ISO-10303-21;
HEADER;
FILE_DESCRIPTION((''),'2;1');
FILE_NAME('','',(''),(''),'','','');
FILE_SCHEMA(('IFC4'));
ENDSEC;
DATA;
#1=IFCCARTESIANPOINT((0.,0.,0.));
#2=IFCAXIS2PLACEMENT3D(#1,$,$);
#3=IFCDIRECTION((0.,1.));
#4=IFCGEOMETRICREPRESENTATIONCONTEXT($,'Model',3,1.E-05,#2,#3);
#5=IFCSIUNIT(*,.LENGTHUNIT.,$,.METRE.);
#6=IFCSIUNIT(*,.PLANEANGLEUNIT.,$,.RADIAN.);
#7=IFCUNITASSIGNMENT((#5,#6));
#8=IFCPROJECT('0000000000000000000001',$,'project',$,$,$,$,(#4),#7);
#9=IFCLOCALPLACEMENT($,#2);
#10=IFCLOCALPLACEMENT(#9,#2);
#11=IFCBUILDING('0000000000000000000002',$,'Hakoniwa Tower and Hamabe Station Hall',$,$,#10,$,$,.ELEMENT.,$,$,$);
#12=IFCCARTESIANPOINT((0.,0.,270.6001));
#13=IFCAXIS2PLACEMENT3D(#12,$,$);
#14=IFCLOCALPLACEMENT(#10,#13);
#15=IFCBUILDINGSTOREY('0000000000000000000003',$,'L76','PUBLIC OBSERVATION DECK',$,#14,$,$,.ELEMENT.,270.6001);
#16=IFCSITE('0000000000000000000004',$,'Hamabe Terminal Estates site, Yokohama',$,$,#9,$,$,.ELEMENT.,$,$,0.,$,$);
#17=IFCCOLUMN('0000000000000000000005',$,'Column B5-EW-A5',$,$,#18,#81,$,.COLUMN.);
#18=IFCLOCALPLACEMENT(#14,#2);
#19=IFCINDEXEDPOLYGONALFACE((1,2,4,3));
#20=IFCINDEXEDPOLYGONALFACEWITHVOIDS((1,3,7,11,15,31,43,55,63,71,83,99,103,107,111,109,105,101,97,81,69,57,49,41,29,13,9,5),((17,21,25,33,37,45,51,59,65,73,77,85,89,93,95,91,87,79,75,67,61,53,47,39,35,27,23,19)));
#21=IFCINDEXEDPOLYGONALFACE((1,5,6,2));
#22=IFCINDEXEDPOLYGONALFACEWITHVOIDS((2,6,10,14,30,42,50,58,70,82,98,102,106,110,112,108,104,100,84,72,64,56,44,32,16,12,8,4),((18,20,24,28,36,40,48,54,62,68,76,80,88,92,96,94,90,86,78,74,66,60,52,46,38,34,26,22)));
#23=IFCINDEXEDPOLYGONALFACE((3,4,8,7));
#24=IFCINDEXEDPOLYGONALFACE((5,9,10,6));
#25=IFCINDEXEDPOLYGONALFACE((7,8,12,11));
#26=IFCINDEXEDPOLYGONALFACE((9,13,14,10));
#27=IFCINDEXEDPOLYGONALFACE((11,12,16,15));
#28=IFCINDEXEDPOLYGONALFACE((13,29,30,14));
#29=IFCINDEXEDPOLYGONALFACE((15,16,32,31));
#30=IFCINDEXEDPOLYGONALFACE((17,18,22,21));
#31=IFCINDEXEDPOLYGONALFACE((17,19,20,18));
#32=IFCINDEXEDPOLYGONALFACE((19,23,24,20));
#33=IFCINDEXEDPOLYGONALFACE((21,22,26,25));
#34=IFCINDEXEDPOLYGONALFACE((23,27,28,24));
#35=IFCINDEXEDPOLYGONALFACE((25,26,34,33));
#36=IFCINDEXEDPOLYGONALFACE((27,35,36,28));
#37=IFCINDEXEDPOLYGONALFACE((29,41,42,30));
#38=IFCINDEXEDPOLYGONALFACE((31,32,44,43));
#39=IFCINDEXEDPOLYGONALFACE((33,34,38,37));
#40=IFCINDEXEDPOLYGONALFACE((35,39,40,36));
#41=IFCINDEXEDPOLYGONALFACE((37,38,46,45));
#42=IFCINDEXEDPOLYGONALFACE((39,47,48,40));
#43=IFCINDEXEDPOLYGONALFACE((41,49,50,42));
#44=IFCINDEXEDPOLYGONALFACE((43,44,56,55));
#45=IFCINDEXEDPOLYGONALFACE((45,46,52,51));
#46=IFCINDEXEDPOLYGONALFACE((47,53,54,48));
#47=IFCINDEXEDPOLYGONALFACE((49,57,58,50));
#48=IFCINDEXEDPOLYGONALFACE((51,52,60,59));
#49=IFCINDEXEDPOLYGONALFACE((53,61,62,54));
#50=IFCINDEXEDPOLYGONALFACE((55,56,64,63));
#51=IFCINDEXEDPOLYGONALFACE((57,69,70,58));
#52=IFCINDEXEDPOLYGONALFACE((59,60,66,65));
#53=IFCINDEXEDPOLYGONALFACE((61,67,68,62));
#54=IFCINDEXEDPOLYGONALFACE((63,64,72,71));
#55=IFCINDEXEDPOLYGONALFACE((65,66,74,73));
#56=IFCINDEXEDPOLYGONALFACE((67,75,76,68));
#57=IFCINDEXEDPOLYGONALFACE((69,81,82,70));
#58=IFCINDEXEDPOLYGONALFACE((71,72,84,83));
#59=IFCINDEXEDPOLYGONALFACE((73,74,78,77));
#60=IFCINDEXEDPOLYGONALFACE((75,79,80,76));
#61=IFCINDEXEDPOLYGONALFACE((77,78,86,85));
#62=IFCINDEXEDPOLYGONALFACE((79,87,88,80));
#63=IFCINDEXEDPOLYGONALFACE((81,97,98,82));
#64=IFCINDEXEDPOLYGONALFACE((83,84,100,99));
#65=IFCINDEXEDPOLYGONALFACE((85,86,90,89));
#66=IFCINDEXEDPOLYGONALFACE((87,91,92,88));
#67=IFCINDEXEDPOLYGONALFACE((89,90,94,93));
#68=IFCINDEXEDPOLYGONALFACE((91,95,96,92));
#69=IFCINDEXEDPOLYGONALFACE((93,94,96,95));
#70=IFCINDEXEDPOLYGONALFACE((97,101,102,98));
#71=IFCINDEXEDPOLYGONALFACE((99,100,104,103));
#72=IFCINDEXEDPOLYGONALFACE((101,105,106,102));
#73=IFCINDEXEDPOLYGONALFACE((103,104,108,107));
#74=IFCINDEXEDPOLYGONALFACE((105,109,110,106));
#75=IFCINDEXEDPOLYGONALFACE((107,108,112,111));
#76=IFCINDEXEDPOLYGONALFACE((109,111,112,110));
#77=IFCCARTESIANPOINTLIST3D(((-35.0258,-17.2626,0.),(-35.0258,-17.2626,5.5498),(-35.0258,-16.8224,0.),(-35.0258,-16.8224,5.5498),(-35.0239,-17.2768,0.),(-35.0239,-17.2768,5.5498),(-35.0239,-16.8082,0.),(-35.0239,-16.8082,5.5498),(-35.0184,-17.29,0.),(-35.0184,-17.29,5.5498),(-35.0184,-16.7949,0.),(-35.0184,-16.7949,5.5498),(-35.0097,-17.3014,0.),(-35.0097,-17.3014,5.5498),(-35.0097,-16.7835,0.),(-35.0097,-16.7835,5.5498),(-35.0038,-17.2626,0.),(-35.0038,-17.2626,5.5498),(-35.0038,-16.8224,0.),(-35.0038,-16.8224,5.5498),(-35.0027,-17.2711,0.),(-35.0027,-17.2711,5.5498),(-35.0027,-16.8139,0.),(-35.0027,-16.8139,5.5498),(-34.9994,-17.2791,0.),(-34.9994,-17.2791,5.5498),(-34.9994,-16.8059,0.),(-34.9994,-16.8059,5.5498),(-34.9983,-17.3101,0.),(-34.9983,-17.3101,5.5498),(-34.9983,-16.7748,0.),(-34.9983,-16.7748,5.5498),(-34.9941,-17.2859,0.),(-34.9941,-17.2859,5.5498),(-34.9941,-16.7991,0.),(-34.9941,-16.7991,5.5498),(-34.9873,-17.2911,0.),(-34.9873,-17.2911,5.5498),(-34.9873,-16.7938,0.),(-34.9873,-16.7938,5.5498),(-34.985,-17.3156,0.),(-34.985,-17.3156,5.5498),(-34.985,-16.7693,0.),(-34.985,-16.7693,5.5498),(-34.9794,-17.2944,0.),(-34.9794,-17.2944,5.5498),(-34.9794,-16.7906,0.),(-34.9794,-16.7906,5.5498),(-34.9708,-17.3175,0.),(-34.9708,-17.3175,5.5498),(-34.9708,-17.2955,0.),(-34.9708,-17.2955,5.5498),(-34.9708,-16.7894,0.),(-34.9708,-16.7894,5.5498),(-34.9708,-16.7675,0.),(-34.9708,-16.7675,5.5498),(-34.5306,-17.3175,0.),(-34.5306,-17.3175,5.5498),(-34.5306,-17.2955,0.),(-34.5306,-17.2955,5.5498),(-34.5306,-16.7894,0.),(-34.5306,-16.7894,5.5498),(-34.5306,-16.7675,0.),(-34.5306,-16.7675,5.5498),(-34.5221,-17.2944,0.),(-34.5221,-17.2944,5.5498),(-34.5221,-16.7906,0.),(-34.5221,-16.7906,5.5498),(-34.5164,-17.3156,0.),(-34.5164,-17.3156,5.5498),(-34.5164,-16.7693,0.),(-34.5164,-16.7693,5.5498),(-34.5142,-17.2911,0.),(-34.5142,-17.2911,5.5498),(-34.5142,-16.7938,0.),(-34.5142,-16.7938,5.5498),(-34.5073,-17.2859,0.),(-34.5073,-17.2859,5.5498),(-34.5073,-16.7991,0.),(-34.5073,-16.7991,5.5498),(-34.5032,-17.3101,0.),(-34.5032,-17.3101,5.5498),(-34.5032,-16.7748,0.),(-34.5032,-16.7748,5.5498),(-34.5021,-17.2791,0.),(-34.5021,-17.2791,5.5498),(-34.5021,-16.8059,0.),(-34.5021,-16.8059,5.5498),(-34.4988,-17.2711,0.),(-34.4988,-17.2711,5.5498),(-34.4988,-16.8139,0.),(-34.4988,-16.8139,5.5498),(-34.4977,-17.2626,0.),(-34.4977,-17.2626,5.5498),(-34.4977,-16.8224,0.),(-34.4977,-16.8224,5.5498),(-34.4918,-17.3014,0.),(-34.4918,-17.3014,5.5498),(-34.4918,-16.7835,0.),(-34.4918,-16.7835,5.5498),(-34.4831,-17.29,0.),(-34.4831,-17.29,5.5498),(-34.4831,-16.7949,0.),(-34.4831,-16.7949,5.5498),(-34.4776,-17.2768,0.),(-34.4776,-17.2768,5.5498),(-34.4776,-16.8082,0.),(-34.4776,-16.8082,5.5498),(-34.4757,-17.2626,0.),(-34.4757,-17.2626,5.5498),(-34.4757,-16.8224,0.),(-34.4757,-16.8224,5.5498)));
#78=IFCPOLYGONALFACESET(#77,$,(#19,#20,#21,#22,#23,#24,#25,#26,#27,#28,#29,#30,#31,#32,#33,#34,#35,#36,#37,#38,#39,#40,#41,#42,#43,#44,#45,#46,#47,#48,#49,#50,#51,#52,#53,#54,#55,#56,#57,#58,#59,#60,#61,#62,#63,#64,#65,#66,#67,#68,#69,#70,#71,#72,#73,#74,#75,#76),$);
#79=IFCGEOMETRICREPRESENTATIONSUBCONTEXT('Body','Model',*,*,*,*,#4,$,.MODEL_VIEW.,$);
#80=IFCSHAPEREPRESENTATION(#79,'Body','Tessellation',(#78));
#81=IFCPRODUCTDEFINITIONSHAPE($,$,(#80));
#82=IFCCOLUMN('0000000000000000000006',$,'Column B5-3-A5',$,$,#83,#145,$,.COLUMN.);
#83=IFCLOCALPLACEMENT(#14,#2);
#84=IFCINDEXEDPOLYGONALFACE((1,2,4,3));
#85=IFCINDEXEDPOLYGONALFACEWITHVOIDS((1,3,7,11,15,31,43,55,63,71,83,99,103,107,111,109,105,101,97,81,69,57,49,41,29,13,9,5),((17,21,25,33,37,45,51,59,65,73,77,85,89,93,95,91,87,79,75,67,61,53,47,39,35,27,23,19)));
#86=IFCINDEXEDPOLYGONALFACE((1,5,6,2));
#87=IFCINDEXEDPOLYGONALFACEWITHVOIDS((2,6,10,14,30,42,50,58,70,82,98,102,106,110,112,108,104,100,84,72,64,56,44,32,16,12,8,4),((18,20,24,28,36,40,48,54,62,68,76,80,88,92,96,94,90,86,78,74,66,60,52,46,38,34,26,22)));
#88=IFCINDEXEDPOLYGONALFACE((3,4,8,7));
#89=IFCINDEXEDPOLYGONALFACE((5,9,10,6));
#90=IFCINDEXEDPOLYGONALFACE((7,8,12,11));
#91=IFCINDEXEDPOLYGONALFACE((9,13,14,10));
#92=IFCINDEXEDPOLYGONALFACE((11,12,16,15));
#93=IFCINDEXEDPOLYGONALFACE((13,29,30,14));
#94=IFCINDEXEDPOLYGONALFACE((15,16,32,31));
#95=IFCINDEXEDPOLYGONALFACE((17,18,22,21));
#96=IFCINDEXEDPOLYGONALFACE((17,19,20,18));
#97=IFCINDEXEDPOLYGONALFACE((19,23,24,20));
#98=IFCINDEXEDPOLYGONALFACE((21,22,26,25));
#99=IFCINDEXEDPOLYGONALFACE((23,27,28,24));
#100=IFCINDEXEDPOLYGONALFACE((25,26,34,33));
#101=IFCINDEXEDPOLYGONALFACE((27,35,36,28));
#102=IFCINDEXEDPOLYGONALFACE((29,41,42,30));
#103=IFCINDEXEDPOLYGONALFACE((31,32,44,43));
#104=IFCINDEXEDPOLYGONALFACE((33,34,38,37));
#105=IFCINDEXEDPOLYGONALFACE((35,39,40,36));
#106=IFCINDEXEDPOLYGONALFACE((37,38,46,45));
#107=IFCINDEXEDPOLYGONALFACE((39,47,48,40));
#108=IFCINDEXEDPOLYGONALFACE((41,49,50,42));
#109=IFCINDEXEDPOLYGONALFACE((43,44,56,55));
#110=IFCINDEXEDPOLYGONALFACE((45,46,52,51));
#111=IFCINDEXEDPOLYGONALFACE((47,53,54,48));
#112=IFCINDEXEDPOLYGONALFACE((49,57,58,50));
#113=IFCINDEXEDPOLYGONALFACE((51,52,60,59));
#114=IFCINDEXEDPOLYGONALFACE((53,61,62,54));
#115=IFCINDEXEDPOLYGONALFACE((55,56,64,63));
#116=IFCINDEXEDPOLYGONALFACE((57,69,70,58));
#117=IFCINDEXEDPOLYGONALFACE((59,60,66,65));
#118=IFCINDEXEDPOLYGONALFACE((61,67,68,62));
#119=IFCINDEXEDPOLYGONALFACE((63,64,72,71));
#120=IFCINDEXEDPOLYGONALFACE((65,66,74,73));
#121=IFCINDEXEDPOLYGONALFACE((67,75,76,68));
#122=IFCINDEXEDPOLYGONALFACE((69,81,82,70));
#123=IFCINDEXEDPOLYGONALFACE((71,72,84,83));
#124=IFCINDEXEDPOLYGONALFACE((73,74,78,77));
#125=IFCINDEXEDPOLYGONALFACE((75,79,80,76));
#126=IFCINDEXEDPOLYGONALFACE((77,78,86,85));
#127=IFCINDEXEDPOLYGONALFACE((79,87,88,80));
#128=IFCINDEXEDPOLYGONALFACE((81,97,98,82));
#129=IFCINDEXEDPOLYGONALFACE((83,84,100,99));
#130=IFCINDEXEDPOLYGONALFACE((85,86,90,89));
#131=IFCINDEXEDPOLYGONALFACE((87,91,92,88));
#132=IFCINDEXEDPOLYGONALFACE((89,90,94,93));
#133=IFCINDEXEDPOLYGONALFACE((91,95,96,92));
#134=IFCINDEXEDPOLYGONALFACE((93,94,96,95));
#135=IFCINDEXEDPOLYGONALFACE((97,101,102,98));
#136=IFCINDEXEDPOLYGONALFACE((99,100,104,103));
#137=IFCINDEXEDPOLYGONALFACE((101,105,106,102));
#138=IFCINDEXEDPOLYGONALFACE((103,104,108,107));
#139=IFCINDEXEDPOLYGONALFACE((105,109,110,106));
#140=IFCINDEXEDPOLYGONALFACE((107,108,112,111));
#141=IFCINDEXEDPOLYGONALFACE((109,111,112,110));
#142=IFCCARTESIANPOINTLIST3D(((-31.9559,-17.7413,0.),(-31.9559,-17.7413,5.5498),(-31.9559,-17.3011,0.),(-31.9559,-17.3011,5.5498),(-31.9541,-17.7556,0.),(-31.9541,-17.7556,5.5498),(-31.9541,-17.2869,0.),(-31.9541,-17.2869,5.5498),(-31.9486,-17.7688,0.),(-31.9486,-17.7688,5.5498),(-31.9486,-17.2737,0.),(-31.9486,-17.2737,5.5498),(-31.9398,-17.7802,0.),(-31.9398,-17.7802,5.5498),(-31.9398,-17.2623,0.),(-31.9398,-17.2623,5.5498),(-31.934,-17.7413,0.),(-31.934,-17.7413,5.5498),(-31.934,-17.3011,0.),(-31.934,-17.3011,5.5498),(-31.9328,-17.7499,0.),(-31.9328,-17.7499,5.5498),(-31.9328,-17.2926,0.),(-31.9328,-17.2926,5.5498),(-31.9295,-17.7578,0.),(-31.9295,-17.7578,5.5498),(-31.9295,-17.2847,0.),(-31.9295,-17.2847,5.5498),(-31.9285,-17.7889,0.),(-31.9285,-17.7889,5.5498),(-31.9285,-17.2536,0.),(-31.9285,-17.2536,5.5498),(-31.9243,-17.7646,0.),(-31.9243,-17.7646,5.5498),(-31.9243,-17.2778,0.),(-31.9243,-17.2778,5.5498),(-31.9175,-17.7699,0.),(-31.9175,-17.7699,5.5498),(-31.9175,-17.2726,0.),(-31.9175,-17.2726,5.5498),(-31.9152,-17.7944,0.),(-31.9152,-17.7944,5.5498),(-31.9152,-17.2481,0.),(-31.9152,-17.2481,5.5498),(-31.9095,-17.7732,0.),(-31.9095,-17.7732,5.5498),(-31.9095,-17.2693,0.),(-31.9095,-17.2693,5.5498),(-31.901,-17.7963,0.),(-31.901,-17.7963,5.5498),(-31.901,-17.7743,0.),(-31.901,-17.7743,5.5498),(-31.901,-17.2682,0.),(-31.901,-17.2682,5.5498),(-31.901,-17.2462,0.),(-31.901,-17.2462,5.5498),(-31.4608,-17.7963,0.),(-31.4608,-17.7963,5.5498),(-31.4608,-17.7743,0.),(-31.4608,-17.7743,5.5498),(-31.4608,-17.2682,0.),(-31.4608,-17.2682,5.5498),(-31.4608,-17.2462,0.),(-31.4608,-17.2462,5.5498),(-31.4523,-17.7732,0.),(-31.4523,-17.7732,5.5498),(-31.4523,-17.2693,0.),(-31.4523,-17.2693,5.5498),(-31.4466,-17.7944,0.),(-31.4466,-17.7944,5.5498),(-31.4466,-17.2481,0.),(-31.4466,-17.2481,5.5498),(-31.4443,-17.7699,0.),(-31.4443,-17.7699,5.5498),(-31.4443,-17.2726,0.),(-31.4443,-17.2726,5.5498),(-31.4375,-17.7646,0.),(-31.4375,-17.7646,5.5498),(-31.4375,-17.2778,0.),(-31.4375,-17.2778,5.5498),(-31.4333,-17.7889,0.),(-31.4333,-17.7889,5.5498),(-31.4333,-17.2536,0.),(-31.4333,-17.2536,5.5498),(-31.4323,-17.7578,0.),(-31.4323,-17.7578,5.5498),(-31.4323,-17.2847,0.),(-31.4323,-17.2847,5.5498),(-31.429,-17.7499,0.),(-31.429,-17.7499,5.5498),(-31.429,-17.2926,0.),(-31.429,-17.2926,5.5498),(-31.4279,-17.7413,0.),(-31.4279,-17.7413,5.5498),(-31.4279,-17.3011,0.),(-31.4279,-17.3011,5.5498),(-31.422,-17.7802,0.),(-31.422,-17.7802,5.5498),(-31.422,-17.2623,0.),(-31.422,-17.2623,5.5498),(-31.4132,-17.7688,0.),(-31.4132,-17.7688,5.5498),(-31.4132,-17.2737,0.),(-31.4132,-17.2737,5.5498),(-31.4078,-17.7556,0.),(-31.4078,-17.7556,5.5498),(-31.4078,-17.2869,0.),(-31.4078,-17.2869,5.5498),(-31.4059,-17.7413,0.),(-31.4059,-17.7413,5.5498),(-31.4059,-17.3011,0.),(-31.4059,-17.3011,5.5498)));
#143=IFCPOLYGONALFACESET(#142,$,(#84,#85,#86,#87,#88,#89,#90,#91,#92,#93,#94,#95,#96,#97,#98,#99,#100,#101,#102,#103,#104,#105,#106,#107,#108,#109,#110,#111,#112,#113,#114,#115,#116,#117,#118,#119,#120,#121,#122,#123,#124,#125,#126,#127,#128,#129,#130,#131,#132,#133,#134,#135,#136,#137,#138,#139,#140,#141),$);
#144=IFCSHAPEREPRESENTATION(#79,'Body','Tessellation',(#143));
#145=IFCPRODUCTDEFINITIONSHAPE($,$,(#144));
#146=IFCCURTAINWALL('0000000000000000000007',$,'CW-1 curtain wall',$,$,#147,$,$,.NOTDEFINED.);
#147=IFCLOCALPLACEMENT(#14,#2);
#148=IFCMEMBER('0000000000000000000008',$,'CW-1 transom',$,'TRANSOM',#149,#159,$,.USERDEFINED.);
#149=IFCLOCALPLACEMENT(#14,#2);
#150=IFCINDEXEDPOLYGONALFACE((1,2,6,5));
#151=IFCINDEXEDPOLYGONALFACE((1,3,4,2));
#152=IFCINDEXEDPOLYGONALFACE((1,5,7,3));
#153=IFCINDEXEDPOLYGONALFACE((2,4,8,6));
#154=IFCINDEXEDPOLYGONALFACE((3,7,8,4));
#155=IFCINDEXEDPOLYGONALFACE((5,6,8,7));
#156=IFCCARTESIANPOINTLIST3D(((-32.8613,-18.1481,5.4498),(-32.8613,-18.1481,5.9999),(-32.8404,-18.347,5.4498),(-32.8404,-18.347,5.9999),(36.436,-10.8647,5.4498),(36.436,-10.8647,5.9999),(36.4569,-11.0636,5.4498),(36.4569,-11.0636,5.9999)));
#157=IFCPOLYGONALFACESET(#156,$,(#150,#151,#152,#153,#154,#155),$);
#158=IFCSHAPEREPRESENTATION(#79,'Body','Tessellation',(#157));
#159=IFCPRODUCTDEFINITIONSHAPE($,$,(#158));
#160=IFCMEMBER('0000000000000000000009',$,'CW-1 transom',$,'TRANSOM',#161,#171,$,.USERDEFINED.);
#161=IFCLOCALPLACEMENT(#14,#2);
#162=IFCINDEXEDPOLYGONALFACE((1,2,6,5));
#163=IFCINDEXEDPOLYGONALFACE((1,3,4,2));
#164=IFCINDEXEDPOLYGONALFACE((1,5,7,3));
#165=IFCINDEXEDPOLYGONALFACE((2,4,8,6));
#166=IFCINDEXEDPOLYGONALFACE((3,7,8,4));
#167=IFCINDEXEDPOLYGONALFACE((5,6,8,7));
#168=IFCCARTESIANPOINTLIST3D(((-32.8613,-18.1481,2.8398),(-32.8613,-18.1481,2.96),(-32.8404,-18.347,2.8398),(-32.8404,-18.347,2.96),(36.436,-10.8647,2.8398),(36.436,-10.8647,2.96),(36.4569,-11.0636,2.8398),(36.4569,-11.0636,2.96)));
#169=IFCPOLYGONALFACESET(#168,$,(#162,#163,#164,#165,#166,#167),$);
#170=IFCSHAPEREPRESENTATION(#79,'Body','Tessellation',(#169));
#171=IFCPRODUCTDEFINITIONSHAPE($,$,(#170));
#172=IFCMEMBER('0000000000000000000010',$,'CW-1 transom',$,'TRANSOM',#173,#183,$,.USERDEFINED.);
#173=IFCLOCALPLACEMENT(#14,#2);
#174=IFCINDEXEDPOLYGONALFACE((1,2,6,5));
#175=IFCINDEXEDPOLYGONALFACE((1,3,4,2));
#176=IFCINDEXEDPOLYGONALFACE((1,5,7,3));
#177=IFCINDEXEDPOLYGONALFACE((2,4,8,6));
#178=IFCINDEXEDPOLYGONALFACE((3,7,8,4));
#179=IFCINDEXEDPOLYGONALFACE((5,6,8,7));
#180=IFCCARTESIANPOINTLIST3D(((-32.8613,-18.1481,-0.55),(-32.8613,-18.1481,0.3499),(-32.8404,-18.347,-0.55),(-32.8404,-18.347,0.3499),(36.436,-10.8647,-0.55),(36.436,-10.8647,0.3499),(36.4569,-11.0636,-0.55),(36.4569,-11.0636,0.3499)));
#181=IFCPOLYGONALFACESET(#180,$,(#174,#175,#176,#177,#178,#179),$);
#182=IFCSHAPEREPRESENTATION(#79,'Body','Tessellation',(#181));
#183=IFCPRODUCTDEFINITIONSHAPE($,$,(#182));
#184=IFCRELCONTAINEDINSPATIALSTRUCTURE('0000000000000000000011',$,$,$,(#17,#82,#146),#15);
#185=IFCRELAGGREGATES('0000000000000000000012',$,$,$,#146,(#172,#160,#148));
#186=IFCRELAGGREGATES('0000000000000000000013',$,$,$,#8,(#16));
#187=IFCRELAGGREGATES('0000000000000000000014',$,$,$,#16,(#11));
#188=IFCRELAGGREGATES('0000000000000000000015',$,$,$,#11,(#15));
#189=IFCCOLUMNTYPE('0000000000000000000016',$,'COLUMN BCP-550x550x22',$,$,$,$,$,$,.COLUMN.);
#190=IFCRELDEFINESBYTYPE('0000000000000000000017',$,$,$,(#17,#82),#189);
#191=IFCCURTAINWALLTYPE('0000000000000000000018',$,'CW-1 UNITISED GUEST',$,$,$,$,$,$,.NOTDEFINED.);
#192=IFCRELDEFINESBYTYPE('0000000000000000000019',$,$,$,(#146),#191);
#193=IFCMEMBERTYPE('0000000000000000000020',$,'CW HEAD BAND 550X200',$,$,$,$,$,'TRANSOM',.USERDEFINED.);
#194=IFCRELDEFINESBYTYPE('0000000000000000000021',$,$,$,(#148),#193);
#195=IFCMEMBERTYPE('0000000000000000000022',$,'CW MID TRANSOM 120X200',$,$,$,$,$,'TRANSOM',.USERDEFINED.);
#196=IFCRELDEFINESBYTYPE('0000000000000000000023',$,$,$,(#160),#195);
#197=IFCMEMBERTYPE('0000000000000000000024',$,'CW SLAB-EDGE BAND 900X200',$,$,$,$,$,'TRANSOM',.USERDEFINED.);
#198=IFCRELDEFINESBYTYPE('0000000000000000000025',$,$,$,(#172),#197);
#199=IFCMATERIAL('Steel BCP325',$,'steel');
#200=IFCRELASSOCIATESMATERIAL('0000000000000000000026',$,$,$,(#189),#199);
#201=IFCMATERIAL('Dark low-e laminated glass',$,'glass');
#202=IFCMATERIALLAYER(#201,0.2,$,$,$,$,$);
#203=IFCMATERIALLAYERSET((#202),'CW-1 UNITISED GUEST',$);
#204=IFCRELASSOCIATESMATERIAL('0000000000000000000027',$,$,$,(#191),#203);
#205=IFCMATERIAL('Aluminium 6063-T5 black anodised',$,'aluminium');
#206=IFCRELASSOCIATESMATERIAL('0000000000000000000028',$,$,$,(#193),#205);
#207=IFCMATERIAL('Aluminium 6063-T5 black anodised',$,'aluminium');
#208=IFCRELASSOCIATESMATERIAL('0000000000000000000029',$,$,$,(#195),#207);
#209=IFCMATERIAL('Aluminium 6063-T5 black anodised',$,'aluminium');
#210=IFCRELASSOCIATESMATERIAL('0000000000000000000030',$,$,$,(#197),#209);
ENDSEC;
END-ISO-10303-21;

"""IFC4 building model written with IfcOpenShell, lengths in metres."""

from ifc_helpers import new_model, si_unit, direction, frame, origin, origin_2d, place, context, subcontext, project, spatial, rectangle, hollow_rectangle, extrude, material, layer, layer_set, material_profile, profile_set, type_object, element, aggregate, save


model = new_model("IFC4")

# Units and contexts
model_context = context("Model", 3, precision=1e-05, world=origin(), true_north=direction((0.0, 1.0)))
body_context = subcontext(model_context, "Body", "Model", "MODEL_VIEW")
ifc_project = project(units=[si_unit("LENGTHUNIT", "METRE"), si_unit("PLANEANGLEUNIT", "RADIAN")], contexts=[model_context])

# Site, building, storey
site_placement = place(None, origin())
site = spatial("IfcSite", under=ifc_project, at=site_placement, Name="Hamabe Terminal Estates site, Yokohama", CompositionType="ELEMENT", RefElevation=0.0)
building_placement = place(site_placement, origin())
building = spatial("IfcBuilding", under=site, at=building_placement, Name="Hakoniwa Tower and Hamabe Station Hall", CompositionType="ELEMENT")
storey_placement = place(building_placement, frame((0.0, 0.0, 270.6001)))
storey = spatial("IfcBuildingStorey", under=building, at=storey_placement, Name="L76", Description="PUBLIC OBSERVATION DECK", CompositionType="ELEMENT", Elevation=270.6001)

# Columns
ifc_material_1 = material(Name="Steel BCP325", Category="steel")
ifc_material_profile_1 = material_profile(ifc_material_1, hollow_rectangle(XDim=0.55, YDim=0.55, WallThickness=0.022, InnerFilletRadius=0.033, OuterFilletRadius=0.0549, at=origin_2d()), Name="BCP-550x550x22")
ifc_profile_set_1 = profile_set([ifc_material_profile_1], Name="Steel BCP325")
column_type = type_object("IfcColumnType", Name="COLUMN BCP-550x550x22", PredefinedType="COLUMN", material=ifc_profile_set_1)
for number, where, z_axis, x_axis, name in (
    (1, (-34.7507, -17.0425, 0.0), (0.0, 0.0, 1.0), (1.0, 0.0, 0.0), "Column B5-EW-A5"),
    (2, (-31.6809, -17.5212, 0.0), (0.0, 0.0, 1.0), (1.0, 0.0, 0.0), "Column B5-3-A5"),
):
    element("IfcColumn", number, at=place(storey_placement, frame(where, z_axis=z_axis, x_axis=x_axis)), inside=storey, type_object=column_type, Name=name, PredefinedType="COLUMN", context=body_context, shape_type="SweptSolid", body=[
        extrude(hollow_rectangle(XDim=0.55, YDim=0.55, WallThickness=0.022, InnerFilletRadius=0.033, OuterFilletRadius=0.0549, at=origin_2d()), origin(), (0.0, 0.0, 1.0), 5.5498),
    ])

# Curtain wall, members
ifc_material_2 = material(Name="Dark low-e laminated glass", Category="glass")
ifc_layer_1 = layer(ifc_material_2, 0.2)
ifc_layer_set_1 = layer_set([ifc_layer_1], Name="CW-1 UNITISED GUEST")
curtain_wall_type = type_object("IfcCurtainWallType", Name="CW-1 UNITISED GUEST", PredefinedType="NOTDEFINED", material=ifc_layer_set_1)
curtain_wall_1_placement = place(storey_placement, origin())
curtain_wall_1 = element("IfcCurtainWall", 3, at=curtain_wall_1_placement, inside=storey, type_object=curtain_wall_type, Name="CW-1 curtain wall", PredefinedType="NOTDEFINED")
ifc_material_3 = material(Name="Aluminium 6063-T5 black anodised", Category="aluminium")
ifc_material_profile_2 = material_profile(ifc_material_3, rectangle(XDim=0.2, YDim=0.55, at=origin_2d()), Name="CW HEAD BAND 550X200")
ifc_profile_set_2 = profile_set([ifc_material_profile_2], Name="Aluminium 6063-T5 black anodised")
member_type_1 = type_object("IfcMemberType", Name="CW HEAD BAND 550X200", ElementType="TRANSOM", PredefinedType="USERDEFINED", material=ifc_profile_set_2)
member_1_placement = place(storey_placement, frame((-32.8508, -18.2476, 5.7249), z_axis=(0.994522, 0.104528, 0.0), x_axis=(-0.104528, 0.994522, 0.0)))
member_1 = element("IfcMember", 4, at=member_1_placement, type_object=member_type_1, Name="CW-1 transom", ObjectType="TRANSOM", PredefinedType="USERDEFINED", context=body_context, shape_type="SweptSolid", body=[
    extrude(rectangle(XDim=0.2, YDim=0.55, at=origin_2d()), origin(), (0.0, 0.0, 1.0), 69.679),
])
ifc_material_4 = material(Name="Aluminium 6063-T5 black anodised", Category="aluminium")
ifc_material_profile_3 = material_profile(ifc_material_4, rectangle(XDim=0.2, YDim=0.1201, at=origin_2d()), Name="CW MID TRANSOM 120X200")
ifc_profile_set_3 = profile_set([ifc_material_profile_3], Name="Aluminium 6063-T5 black anodised")
member_type_2 = type_object("IfcMemberType", Name="CW MID TRANSOM 120X200", ElementType="TRANSOM", PredefinedType="USERDEFINED", material=ifc_profile_set_3)
member_2_placement = place(storey_placement, frame((-32.8508, -18.2476, 2.8999), z_axis=(0.994522, 0.104528, 0.0), x_axis=(-0.104528, 0.994522, 0.0)))
member_2 = element("IfcMember", 5, at=member_2_placement, type_object=member_type_2, Name="CW-1 transom", ObjectType="TRANSOM", PredefinedType="USERDEFINED", context=body_context, shape_type="SweptSolid", body=[
    extrude(rectangle(XDim=0.2, YDim=0.1201, at=origin_2d()), origin(), (0.0, 0.0, 1.0), 69.679),
])
ifc_material_5 = material(Name="Aluminium 6063-T5 black anodised", Category="aluminium")
ifc_material_profile_4 = material_profile(ifc_material_5, rectangle(XDim=0.2, YDim=0.8999, at=origin_2d()), Name="CW SLAB-EDGE BAND 900X200")
ifc_profile_set_4 = profile_set([ifc_material_profile_4], Name="Aluminium 6063-T5 black anodised")
member_type_3 = type_object("IfcMemberType", Name="CW SLAB-EDGE BAND 900X200", ElementType="TRANSOM", PredefinedType="USERDEFINED", material=ifc_profile_set_4)
member_3_placement = place(storey_placement, frame((-32.8508, -18.2476, -0.1001), z_axis=(0.994522, 0.104528, 0.0), x_axis=(-0.104528, 0.994522, 0.0)))
member_3 = element("IfcMember", 6, at=member_3_placement, type_object=member_type_3, Name="CW-1 transom", ObjectType="TRANSOM", PredefinedType="USERDEFINED", context=body_context, shape_type="SweptSolid", body=[
    extrude(rectangle(XDim=0.2, YDim=0.8999, at=origin_2d()), origin(), (0.0, 0.0, 1.0), 69.679),
])

aggregate(curtain_wall_1, [member_3, member_2, member_1])

save(model, "model.ifc")
